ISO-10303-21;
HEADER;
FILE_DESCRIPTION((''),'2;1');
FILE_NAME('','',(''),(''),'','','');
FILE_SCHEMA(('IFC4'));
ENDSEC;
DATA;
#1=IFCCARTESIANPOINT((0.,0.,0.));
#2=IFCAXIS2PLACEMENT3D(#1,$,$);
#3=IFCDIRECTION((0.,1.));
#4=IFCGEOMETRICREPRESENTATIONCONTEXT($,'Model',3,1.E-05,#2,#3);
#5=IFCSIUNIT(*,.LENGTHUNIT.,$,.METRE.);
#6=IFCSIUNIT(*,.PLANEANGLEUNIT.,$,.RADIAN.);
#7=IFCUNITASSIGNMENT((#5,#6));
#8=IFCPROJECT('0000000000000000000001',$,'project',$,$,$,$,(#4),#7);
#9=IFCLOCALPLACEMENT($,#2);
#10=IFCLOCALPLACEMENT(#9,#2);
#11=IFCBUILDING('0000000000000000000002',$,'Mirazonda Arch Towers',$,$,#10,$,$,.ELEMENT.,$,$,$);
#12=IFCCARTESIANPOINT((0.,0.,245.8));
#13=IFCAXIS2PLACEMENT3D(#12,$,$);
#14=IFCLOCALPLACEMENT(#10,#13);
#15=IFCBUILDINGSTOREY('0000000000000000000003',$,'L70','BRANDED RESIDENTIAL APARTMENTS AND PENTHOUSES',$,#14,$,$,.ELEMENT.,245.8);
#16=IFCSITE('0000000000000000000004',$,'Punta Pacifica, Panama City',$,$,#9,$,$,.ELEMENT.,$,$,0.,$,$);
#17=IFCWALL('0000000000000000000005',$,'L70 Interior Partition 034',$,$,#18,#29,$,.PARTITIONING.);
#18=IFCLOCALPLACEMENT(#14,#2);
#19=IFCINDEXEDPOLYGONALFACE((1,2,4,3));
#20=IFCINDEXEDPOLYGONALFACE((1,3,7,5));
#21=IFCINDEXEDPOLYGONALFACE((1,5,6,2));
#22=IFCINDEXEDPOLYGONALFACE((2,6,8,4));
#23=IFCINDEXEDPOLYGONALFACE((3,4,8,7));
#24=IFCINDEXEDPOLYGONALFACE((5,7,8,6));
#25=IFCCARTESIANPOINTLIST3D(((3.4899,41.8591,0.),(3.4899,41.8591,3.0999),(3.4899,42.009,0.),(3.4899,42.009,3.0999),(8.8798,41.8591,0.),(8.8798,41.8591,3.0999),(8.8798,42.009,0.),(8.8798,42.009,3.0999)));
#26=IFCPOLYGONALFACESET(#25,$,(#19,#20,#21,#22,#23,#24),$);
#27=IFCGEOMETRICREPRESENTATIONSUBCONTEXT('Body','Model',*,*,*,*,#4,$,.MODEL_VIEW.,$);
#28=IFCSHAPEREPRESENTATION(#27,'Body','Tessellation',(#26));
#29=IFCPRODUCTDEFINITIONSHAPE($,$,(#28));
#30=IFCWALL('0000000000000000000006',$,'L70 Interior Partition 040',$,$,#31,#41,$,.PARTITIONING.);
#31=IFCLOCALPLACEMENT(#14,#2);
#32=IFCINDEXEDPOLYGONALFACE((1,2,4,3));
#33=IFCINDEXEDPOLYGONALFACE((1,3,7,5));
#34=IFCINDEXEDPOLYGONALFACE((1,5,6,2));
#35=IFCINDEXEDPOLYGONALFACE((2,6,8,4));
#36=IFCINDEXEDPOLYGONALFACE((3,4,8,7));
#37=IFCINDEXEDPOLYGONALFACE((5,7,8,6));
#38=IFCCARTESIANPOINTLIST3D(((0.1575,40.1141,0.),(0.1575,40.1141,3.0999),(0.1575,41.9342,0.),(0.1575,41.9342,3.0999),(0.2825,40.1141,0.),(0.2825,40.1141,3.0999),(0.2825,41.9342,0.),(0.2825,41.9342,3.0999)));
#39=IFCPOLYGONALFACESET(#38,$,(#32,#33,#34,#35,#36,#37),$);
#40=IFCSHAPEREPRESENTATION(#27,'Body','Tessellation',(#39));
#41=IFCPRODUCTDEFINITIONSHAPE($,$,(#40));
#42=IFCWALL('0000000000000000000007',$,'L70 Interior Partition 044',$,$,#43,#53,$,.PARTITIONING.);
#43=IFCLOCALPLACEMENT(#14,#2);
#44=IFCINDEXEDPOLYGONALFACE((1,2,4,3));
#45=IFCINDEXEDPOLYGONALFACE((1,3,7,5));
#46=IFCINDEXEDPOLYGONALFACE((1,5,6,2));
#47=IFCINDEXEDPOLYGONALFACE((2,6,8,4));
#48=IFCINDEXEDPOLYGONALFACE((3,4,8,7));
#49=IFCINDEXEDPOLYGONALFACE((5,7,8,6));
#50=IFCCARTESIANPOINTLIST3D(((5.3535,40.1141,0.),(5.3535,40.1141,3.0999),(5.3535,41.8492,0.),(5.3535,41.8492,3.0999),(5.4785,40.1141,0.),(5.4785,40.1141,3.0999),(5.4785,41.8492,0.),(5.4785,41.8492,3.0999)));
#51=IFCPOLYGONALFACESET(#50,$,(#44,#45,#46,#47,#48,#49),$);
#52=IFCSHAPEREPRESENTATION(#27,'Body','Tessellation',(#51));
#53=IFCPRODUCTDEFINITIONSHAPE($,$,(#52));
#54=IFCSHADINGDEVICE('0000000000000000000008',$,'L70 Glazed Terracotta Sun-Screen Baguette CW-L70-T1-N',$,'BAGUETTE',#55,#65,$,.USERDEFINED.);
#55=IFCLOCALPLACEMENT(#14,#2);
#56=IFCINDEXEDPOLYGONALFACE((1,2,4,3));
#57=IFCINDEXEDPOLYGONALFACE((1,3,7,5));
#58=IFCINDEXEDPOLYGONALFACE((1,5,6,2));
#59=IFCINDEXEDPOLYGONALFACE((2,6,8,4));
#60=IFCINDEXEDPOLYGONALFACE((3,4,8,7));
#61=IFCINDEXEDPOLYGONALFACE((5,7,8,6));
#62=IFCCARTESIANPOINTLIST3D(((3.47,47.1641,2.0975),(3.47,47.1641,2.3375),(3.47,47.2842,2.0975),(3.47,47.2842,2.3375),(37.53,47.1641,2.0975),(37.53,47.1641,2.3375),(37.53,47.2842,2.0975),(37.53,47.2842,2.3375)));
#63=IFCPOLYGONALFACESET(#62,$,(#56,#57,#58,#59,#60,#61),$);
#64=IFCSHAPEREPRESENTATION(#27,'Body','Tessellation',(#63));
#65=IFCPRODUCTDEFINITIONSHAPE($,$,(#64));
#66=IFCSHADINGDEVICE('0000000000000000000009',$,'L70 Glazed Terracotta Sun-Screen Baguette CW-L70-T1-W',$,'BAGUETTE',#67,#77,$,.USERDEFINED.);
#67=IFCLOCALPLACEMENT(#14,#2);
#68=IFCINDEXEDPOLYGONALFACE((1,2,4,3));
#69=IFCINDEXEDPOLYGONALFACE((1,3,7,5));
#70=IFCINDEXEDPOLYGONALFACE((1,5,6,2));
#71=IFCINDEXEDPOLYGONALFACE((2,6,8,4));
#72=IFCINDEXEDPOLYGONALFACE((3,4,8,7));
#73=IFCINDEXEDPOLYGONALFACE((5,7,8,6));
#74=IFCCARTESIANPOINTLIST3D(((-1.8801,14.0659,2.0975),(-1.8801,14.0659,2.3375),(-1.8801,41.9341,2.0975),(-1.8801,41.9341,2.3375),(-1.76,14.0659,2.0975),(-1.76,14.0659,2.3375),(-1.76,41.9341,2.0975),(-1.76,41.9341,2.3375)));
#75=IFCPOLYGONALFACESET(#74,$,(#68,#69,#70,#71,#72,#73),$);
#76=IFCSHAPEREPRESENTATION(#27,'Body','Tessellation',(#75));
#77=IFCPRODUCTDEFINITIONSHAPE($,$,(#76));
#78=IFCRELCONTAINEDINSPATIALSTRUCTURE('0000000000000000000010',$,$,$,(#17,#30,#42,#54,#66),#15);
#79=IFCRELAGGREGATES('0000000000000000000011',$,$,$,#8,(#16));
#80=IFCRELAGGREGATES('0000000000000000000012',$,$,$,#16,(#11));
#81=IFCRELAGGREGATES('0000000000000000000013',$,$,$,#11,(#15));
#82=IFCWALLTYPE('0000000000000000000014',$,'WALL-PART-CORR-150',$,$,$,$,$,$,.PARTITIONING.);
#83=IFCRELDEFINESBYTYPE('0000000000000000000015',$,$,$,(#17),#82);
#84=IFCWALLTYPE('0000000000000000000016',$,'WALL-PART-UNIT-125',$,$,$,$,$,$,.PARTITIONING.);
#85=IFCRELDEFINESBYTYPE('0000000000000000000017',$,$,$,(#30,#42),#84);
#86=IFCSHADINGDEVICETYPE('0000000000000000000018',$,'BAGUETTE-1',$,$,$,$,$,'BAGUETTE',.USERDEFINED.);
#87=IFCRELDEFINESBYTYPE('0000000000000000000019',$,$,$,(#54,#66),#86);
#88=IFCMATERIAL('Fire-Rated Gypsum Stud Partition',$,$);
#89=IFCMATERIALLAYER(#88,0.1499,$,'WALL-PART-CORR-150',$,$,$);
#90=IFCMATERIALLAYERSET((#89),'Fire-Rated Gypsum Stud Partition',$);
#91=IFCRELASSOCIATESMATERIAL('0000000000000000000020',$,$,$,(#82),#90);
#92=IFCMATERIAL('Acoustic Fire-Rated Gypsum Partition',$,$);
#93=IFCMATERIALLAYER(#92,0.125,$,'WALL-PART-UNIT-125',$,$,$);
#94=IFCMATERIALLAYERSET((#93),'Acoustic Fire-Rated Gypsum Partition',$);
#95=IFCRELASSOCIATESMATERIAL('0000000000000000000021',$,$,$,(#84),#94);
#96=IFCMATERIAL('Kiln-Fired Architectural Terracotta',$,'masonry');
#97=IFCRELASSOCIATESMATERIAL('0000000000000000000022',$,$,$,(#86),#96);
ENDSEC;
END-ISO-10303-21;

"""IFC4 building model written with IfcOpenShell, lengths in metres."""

from ifc_helpers import new_model, si_unit, direction, frame, frame_2d, origin, origin_2d, place, context, subcontext, project, spatial, rectangle, extrude, material, layer, layer_set, material_profile, profile_set, type_object, element, save


model = new_model("IFC4")

# Units and contexts
model_context = context("Model", 3, precision=1e-05, world=origin(), true_north=direction((0.0, 1.0)))
body_context = subcontext(model_context, "Body", "Model", "MODEL_VIEW")
ifc_project = project(units=[si_unit("LENGTHUNIT", "METRE"), si_unit("PLANEANGLEUNIT", "RADIAN")], contexts=[model_context])

# Site, building, storey
site_placement = place(None, origin())
site = spatial("IfcSite", under=ifc_project, at=site_placement, Name="Punta Pacifica, Panama City", CompositionType="ELEMENT", RefElevation=0.0)
building_placement = place(site_placement, origin())
building = spatial("IfcBuilding", under=site, at=building_placement, Name="Mirazonda Arch Towers", CompositionType="ELEMENT")
storey_placement = place(building_placement, frame((0.0, 0.0, 245.8)))
storey = spatial("IfcBuildingStorey", under=building, at=storey_placement, Name="L70", Description="BRANDED RESIDENTIAL APARTMENTS AND PENTHOUSES", CompositionType="ELEMENT", Elevation=245.8)

# Wall
ifc_material_1 = material(Name="Fire-Rated Gypsum Stud Partition")
ifc_layer_1 = layer(ifc_material_1, 0.1499, Name="WALL-PART-CORR-150")
ifc_layer_set_1 = layer_set([ifc_layer_1], Name="Fire-Rated Gypsum Stud Partition")
wall_type_1 = type_object("IfcWallType", Name="WALL-PART-CORR-150", PredefinedType="PARTITIONING", material=ifc_layer_set_1)
wall_1_placement = place(storey_placement, frame((3.49, 41.9341, 0.0), z_axis=(0.0, 0.0, 1.0), x_axis=(1.0, 0.0, 0.0)))
element("IfcWall", 1, at=wall_1_placement, inside=storey, type_object=wall_type_1, Name="L70 Interior Partition 034", PredefinedType="PARTITIONING", context=body_context, shape_type="SweptSolid", body=[
    extrude(rectangle(XDim=5.3899, YDim=0.1499, at=frame_2d((2.6948, 0.0))), origin(), (0.0, 0.0, 1.0), 3.0999),
])

# Walls
ifc_material_2 = material(Name="Acoustic Fire-Rated Gypsum Partition")
ifc_layer_2 = layer(ifc_material_2, 0.125, Name="WALL-PART-UNIT-125")
ifc_layer_set_2 = layer_set([ifc_layer_2], Name="Acoustic Fire-Rated Gypsum Partition")
wall_type_2 = type_object("IfcWallType", Name="WALL-PART-UNIT-125", PredefinedType="PARTITIONING", material=ifc_layer_set_2)
wall_2_placement = place(storey_placement, frame((0.22, 40.114, 0.0), z_axis=(0.0, 0.0, 1.0), x_axis=(0.0, 1.0, 0.0)))
element("IfcWall", 2, at=wall_2_placement, inside=storey, type_object=wall_type_2, Name="L70 Interior Partition 040", PredefinedType="PARTITIONING", context=body_context, shape_type="SweptSolid", body=[
    extrude(rectangle(XDim=1.8201, YDim=0.125, at=frame_2d((0.9102, 0.0))), origin(), (0.0, 0.0, 1.0), 3.0999),
])
wall_3_placement = place(storey_placement, frame((5.416, 40.114, 0.0), z_axis=(0.0, 0.0, 1.0), x_axis=(0.0, 1.0, 0.0)))
element("IfcWall", 3, at=wall_3_placement, inside=storey, type_object=wall_type_2, Name="L70 Interior Partition 044", PredefinedType="PARTITIONING", context=body_context, shape_type="SweptSolid", body=[
    extrude(rectangle(XDim=1.7351, YDim=0.125, at=frame_2d((0.8677, 0.0))), origin(), (0.0, 0.0, 1.0), 3.0999),
])

# Shading devices
ifc_material_3 = material(Name="Kiln-Fired Architectural Terracotta", Category="masonry")
ifc_material_profile_1 = material_profile(ifc_material_3, rectangle(XDim=0.1201, YDim=0.24, at=origin_2d()), Name="TERRA-BAG-120x240")
ifc_profile_set_1 = profile_set([ifc_material_profile_1], Name="Kiln-Fired Architectural Terracotta")
shading_device_type = type_object("IfcShadingDeviceType", Name="BAGUETTE-1", ElementType="BAGUETTE", PredefinedType="USERDEFINED", material=ifc_profile_set_1)
shading_device_1_placement = place(storey_placement, frame((3.47, 47.2241, 2.2175), z_axis=(1.0, 0.0, 0.0), x_axis=(0.0, 1.0, 0.0)))
element("IfcShadingDevice", 4, at=shading_device_1_placement, inside=storey, type_object=shading_device_type, Name="L70 Glazed Terracotta Sun-Screen Baguette CW-L70-T1-N", ObjectType="BAGUETTE", PredefinedType="USERDEFINED", context=body_context, shape_type="SweptSolid", body=[
    extrude(rectangle(XDim=0.1201, YDim=0.24, at=origin_2d()), origin(), (0.0, 0.0, 1.0), 34.0601),
])
shading_device_2_placement = place(storey_placement, frame((-1.8201, 41.9341, 2.2175), z_axis=(0.0, -1.0, 0.0), x_axis=(1.0, 0.0, 0.0)))
element("IfcShadingDevice", 5, at=shading_device_2_placement, inside=storey, type_object=shading_device_type, Name="L70 Glazed Terracotta Sun-Screen Baguette CW-L70-T1-W", ObjectType="BAGUETTE", PredefinedType="USERDEFINED", context=body_context, shape_type="SweptSolid", body=[
    extrude(rectangle(XDim=0.1201, YDim=0.24, at=origin_2d()), origin(), (0.0, 0.0, 1.0), 27.8682),
])

save(model, "model.ifc")
